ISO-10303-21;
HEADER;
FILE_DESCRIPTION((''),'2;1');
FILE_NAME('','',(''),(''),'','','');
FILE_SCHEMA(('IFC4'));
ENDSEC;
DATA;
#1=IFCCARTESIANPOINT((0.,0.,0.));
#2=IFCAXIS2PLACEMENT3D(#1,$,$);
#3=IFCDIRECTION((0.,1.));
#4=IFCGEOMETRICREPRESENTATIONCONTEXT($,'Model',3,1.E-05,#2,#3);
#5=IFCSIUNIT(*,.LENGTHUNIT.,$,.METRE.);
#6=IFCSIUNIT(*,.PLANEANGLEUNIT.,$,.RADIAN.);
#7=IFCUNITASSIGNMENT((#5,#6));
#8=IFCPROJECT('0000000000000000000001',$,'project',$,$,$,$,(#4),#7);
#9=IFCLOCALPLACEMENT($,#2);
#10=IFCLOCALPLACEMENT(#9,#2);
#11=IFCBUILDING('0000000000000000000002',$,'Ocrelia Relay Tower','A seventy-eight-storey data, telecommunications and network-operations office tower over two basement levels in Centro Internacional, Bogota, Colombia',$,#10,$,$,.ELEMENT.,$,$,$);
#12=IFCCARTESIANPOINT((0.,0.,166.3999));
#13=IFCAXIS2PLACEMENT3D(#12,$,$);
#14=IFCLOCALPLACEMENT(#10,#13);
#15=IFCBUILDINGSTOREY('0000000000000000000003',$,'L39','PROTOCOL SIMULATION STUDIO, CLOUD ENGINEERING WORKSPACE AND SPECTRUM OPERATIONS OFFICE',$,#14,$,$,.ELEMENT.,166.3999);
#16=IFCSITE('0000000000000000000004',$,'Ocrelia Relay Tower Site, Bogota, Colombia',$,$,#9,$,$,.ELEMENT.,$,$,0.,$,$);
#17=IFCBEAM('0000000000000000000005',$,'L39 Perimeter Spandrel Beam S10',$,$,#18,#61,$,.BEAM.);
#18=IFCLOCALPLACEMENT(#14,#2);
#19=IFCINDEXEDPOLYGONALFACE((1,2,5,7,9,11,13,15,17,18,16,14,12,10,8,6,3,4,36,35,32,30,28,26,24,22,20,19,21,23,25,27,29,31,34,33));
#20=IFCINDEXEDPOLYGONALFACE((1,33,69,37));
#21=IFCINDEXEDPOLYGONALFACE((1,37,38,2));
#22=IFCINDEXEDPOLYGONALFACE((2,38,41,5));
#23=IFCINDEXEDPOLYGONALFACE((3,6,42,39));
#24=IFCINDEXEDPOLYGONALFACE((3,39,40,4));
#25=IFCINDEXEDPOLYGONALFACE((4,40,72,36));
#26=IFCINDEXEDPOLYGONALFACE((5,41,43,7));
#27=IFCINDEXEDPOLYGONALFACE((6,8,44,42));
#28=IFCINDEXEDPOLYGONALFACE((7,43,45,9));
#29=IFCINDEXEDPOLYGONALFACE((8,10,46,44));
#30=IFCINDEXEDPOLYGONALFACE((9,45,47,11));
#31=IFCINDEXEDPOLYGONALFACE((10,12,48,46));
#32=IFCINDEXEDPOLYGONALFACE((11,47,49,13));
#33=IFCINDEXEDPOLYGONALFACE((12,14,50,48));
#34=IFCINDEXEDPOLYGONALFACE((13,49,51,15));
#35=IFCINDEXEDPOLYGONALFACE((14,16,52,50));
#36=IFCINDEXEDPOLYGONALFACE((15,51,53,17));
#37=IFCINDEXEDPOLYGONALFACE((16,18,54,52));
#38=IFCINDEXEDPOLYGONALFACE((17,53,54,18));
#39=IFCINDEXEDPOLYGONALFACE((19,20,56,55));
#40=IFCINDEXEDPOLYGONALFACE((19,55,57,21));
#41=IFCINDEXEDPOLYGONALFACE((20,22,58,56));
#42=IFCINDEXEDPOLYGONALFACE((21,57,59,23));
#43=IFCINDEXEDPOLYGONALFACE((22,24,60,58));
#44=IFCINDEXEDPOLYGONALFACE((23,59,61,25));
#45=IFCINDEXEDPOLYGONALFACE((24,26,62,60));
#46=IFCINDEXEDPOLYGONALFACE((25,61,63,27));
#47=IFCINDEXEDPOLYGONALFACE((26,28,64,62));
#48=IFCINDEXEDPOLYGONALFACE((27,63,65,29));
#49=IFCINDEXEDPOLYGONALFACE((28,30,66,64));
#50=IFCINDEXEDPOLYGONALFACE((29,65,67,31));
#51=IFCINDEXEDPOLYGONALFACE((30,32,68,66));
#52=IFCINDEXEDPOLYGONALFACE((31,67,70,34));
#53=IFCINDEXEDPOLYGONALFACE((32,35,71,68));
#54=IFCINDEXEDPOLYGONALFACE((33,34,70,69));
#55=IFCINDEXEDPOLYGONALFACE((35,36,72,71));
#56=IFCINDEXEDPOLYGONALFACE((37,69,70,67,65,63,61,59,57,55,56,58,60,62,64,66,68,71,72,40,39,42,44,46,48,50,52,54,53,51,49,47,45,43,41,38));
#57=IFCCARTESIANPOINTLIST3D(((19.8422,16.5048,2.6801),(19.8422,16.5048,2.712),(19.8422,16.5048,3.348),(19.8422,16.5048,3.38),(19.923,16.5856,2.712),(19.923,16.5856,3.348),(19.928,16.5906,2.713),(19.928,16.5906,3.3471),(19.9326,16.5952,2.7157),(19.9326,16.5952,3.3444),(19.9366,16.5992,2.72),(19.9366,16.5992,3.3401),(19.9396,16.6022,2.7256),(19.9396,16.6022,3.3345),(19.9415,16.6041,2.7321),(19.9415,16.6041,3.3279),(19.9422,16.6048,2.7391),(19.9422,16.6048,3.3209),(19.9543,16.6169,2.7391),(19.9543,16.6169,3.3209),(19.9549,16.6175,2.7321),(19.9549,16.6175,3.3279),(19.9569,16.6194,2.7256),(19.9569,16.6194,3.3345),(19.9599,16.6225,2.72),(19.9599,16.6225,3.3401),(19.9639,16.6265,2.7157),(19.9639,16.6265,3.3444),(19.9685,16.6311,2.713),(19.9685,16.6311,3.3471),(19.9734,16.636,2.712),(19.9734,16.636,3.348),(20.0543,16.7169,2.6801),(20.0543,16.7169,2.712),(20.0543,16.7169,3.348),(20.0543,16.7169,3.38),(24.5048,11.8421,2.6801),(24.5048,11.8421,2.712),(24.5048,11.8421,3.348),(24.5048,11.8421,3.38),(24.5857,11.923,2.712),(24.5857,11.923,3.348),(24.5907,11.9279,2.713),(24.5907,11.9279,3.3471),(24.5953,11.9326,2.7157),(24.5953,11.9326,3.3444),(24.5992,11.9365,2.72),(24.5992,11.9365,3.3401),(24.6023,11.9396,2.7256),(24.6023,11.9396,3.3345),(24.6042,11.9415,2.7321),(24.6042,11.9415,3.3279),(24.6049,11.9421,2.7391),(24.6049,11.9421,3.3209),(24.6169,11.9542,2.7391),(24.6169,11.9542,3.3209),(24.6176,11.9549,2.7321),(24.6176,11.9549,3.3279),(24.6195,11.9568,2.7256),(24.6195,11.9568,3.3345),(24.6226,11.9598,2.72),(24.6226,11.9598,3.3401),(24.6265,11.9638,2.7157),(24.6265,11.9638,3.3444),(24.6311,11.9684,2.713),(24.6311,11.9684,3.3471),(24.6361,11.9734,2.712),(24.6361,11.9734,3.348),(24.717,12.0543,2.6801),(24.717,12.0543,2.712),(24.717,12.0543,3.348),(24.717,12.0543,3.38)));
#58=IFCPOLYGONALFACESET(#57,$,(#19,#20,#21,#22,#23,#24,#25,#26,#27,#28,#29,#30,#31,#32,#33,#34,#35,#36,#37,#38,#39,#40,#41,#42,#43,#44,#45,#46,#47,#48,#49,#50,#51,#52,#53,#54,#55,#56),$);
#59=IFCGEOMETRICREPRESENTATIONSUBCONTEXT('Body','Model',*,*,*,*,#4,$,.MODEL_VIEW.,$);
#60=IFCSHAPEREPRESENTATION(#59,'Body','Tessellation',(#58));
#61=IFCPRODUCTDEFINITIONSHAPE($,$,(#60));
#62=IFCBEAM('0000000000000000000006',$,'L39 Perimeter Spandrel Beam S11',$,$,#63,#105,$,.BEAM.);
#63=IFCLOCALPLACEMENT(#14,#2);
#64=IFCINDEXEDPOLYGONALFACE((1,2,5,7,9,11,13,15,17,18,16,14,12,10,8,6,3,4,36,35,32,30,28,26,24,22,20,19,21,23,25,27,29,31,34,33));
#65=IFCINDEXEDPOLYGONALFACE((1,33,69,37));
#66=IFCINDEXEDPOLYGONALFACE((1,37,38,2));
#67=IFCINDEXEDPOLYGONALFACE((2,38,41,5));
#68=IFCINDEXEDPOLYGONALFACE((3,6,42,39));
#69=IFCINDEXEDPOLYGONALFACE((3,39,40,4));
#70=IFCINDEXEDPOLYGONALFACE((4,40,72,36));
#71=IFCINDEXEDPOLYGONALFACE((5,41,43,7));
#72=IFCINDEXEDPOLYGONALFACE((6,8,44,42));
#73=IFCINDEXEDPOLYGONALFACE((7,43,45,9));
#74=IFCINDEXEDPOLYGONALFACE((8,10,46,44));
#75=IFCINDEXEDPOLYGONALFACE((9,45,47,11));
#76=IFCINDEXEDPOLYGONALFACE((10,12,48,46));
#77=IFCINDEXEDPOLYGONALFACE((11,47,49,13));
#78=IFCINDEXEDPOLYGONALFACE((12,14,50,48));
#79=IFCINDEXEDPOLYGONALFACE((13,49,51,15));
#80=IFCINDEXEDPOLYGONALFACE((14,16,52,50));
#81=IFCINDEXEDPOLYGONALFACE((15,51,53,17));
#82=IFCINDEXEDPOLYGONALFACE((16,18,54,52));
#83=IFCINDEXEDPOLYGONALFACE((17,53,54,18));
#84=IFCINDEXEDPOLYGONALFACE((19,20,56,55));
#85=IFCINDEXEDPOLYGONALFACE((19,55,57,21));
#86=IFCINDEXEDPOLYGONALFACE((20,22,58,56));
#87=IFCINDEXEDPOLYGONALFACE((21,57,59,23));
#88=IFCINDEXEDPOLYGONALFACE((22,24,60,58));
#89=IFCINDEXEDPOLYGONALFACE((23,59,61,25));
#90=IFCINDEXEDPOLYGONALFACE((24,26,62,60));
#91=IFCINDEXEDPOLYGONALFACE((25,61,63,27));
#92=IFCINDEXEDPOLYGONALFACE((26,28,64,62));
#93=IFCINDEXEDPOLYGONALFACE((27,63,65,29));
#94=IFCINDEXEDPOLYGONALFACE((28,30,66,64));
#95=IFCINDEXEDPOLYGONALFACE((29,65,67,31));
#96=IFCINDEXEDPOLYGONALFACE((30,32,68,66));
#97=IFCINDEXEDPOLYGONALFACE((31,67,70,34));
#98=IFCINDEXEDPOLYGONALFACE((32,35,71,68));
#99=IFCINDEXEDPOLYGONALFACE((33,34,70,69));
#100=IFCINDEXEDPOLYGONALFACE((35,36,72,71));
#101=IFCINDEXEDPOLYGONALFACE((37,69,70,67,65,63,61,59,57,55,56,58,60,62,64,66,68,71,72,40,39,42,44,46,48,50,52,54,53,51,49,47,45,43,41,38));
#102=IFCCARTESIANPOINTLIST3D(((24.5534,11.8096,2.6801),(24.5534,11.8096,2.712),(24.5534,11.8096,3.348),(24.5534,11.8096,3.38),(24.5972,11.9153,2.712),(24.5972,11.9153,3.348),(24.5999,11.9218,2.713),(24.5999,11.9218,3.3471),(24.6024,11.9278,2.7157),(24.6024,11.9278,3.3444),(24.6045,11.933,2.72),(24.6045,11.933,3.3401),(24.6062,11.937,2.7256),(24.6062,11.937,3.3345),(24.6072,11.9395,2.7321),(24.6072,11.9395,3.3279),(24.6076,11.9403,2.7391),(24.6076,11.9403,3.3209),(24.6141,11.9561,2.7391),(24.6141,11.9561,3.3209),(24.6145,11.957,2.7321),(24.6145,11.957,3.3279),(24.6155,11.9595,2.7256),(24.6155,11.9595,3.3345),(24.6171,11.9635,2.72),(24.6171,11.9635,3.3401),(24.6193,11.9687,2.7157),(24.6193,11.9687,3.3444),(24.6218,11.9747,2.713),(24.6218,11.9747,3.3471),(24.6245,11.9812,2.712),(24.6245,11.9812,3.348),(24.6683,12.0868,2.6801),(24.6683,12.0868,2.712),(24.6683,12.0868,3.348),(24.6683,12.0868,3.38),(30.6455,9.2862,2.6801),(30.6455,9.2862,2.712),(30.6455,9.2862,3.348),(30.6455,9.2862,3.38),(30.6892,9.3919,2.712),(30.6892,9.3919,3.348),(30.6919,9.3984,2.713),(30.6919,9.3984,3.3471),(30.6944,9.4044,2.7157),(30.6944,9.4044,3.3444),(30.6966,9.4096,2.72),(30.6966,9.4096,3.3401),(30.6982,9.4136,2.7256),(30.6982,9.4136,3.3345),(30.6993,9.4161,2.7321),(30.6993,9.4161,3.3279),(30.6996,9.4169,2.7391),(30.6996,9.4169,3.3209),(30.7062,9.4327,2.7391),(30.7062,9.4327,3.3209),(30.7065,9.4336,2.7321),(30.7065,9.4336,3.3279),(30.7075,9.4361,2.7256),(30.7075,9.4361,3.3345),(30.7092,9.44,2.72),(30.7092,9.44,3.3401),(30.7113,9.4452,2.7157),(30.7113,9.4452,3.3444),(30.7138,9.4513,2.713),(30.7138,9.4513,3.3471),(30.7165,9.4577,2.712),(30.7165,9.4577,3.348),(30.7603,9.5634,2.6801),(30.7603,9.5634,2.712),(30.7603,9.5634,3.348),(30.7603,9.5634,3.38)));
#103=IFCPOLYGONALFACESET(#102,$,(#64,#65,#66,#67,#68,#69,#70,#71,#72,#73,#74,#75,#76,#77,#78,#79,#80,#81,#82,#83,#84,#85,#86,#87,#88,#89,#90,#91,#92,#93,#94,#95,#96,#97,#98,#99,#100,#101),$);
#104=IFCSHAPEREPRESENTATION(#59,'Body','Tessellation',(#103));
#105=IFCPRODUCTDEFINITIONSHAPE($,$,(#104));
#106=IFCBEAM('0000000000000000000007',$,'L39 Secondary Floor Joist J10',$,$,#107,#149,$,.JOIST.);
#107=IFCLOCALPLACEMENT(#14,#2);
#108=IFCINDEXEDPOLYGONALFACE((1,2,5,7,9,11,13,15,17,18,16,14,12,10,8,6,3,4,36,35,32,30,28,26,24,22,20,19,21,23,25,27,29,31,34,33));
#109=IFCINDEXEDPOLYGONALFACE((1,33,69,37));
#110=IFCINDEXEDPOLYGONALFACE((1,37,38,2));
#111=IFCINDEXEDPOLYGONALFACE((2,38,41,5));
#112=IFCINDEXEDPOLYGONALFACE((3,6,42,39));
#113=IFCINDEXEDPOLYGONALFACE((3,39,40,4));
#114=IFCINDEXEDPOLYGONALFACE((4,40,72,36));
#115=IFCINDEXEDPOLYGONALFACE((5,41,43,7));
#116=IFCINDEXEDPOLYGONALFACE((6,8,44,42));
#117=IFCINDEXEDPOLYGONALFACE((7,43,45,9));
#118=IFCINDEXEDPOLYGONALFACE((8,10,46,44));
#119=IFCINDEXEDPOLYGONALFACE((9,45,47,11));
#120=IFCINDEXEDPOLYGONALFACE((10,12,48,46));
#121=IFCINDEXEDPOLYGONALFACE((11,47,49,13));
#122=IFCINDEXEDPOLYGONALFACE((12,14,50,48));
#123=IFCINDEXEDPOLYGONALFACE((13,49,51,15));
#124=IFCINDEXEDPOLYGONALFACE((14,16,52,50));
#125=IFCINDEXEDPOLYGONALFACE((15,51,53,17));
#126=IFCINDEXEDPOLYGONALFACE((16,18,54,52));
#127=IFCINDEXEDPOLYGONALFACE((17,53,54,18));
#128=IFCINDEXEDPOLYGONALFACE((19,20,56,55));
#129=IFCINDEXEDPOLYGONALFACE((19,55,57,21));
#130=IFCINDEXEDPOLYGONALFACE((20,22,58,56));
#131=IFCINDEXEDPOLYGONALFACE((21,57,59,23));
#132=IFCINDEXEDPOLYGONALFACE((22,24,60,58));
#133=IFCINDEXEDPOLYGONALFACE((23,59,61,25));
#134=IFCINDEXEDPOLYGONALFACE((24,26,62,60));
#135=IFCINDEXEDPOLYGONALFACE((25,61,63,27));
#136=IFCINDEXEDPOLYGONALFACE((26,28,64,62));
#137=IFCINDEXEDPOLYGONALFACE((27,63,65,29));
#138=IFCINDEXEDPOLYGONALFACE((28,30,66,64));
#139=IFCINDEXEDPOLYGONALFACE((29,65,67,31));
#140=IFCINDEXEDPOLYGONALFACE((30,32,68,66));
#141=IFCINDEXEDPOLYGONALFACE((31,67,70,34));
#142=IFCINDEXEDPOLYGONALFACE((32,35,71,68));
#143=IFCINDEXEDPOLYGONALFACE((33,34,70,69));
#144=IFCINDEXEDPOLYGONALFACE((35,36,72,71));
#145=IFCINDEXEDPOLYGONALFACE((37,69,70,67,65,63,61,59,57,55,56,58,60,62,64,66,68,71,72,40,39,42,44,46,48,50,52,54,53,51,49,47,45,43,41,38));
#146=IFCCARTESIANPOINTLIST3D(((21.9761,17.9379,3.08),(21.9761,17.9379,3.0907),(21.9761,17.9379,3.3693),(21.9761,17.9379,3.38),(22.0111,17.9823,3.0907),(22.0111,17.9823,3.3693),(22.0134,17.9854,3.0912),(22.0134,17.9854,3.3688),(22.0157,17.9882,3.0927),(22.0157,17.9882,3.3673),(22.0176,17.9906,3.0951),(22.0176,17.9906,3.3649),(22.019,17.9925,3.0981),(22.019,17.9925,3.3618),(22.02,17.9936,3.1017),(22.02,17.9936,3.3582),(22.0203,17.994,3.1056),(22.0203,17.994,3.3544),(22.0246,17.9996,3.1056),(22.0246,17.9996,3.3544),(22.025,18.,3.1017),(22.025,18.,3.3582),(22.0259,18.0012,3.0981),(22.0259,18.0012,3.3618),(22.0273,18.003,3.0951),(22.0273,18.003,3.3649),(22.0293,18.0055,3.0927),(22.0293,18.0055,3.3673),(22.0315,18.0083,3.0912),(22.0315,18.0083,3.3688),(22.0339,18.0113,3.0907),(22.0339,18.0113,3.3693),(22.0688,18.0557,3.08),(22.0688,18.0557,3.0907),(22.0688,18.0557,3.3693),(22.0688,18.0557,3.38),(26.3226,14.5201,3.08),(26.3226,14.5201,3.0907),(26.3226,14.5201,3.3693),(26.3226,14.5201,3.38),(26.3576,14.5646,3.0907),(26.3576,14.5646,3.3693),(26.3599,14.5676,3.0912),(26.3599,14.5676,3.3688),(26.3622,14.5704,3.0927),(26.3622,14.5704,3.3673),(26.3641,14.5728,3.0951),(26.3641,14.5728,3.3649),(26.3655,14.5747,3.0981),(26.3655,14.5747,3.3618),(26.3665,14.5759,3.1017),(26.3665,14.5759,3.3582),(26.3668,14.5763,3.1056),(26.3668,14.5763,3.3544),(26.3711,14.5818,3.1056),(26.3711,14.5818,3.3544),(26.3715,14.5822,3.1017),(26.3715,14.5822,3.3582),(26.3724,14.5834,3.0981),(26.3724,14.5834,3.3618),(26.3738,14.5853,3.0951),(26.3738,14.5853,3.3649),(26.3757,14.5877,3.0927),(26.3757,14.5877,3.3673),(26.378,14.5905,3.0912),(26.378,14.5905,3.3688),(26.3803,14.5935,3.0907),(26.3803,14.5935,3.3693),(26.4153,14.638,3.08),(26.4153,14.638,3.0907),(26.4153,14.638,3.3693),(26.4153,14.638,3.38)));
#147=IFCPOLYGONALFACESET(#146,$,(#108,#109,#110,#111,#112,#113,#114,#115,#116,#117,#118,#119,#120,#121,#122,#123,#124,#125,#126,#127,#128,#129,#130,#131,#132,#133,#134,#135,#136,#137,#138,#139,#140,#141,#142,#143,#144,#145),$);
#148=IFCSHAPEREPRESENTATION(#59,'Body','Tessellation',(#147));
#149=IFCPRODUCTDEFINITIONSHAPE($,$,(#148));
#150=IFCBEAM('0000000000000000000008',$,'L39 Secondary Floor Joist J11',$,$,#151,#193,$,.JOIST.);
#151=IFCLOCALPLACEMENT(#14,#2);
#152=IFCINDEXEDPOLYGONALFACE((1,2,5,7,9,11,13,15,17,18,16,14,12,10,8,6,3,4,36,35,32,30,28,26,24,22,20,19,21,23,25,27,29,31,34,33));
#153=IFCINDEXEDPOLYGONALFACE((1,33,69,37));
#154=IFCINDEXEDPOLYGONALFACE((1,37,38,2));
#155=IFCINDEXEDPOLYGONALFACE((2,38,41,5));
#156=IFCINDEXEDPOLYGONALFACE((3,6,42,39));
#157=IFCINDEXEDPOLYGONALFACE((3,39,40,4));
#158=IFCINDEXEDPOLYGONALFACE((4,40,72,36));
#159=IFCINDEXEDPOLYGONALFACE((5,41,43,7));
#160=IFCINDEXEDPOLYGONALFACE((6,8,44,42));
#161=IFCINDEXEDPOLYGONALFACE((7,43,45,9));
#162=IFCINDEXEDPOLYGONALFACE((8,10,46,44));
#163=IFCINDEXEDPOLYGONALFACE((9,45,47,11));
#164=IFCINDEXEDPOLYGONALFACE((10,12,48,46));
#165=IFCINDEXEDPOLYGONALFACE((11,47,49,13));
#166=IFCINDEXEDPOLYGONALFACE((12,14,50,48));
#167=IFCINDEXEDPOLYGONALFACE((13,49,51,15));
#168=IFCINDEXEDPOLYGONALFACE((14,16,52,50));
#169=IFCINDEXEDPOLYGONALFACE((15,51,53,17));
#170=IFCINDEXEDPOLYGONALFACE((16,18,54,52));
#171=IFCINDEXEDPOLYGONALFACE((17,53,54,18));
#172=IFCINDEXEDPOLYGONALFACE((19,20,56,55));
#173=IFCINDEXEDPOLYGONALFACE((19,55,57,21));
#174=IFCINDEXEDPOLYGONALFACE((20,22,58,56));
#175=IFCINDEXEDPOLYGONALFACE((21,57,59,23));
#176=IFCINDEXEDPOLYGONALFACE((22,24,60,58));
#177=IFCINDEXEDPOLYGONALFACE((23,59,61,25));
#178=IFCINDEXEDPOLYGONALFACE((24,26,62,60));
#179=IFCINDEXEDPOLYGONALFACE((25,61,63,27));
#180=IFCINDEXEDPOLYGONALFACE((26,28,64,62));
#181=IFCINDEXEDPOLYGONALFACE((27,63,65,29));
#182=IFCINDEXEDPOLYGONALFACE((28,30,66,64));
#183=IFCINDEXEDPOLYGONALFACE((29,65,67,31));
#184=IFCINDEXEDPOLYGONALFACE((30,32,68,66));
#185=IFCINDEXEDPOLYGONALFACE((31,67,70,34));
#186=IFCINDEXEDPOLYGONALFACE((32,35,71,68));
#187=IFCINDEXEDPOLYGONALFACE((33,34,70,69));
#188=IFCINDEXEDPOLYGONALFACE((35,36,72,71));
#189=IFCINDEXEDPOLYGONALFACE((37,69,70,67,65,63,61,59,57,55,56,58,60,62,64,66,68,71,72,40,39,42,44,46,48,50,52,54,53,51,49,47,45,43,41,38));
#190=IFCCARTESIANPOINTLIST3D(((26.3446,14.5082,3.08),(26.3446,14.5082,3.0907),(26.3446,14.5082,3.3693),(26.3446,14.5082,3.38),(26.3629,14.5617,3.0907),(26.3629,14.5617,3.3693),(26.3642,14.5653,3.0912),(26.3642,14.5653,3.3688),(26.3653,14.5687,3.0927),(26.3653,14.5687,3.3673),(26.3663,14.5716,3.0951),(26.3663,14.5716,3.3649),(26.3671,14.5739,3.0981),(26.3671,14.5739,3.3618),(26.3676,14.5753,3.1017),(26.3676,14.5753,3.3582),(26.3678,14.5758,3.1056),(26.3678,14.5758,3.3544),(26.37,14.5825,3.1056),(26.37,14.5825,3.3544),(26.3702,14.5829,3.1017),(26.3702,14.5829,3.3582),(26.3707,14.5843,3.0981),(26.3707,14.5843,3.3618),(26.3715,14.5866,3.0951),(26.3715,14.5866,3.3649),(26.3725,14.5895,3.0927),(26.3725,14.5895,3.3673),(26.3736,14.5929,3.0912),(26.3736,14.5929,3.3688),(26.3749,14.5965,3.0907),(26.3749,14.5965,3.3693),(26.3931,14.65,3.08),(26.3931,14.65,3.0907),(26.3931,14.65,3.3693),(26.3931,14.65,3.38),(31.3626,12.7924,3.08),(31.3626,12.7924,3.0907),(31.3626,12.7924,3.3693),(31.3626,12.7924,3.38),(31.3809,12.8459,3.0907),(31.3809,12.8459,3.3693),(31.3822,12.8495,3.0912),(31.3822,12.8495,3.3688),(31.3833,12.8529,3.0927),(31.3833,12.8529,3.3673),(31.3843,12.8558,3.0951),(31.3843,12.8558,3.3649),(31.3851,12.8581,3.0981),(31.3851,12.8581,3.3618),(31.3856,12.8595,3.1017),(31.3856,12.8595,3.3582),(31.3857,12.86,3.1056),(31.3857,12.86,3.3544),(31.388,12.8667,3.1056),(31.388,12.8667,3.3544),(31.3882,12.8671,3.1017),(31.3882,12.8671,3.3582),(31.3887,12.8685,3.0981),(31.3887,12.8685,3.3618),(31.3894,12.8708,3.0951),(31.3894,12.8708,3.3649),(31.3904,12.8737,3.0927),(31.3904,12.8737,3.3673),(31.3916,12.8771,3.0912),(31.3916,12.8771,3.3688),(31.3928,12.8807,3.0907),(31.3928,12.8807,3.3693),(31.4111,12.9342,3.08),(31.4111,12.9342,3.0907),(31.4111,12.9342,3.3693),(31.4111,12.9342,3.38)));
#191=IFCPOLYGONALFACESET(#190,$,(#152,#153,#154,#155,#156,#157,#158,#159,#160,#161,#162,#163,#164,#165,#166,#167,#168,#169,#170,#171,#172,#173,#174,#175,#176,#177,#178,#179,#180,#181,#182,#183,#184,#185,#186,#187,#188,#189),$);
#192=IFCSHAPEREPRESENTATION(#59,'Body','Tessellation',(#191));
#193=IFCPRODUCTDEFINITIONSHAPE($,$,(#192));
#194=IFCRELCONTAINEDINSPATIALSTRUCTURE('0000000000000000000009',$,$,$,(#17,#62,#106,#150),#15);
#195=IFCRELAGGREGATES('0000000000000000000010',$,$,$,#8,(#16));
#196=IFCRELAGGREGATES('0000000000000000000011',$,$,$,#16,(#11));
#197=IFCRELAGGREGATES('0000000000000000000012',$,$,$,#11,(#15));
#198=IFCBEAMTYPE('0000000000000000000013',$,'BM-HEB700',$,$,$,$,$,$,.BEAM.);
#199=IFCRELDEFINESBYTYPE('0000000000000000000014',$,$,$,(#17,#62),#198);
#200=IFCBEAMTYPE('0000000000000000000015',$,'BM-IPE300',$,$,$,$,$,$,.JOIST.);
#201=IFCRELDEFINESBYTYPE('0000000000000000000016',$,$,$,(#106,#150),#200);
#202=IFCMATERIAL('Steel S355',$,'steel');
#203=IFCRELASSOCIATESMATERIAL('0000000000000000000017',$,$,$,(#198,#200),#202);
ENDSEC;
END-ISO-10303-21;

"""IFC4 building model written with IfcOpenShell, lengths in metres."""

from ifc_helpers import new_model, si_unit, direction, frame, origin, origin_2d, place, context, subcontext, project, spatial, i_section, extrude, material, material_profile, profile_set, type_object, element, save


model = new_model("IFC4")

# Units and contexts
model_context = context("Model", 3, precision=1e-05, world=origin(), true_north=direction((0.0, 1.0)))
body_context = subcontext(model_context, "Body", "Model", "MODEL_VIEW")
ifc_project = project(units=[si_unit("LENGTHUNIT", "METRE"), si_unit("PLANEANGLEUNIT", "RADIAN")], contexts=[model_context])

# Site, building, storey
site_placement = place(None, origin())
site = spatial("IfcSite", under=ifc_project, at=site_placement, Name="Ocrelia Relay Tower Site, Bogota, Colombia", CompositionType="ELEMENT", RefElevation=0.0)
building_placement = place(site_placement, origin())
building = spatial("IfcBuilding", under=site, at=building_placement, Name="Ocrelia Relay Tower", Description="A seventy-eight-storey data, telecommunications and network-operations office tower over two basement levels in Centro Internacional, Bogota, Colombia", CompositionType="ELEMENT")
storey_placement = place(building_placement, frame((0.0, 0.0, 166.3999)))
storey = spatial("IfcBuildingStorey", under=building, at=storey_placement, Name="L39", Description="PROTOCOL SIMULATION STUDIO, CLOUD ENGINEERING WORKSPACE AND SPECTRUM OPERATIONS OFFICE", CompositionType="ELEMENT", Elevation=166.3999)

# Beams
ifc_material_1 = material(Name="Steel S355", Category="steel")
ifc_material_profile_1 = material_profile(ifc_material_1, i_section(OverallWidth=0.3, OverallDepth=0.7, WebThickness=0.0171, FlangeThickness=0.032, FilletRadius=0.0271, at=origin_2d()), Name="HEB 700")
ifc_profile_set_1 = profile_set([ifc_material_profile_1], Name="Steel S355")
beam_type_1 = type_object("IfcBeamType", Name="BM-HEB700", PredefinedType="BEAM", material=ifc_profile_set_1)
for number, where, z_axis, x_axis, name in (
    (1, (19.9482, 16.6108, 3.03), (0.707107, -0.707107, 0.0), (0.707107, 0.707107, 0.0), "L39 Perimeter Spandrel Beam S10"),
    (2, (24.6108, 11.9482, 3.03), (0.923878, -0.382688, 0.0), (0.382688, 0.923878, 0.0), "L39 Perimeter Spandrel Beam S11"),
):
    element("IfcBeam", number, at=place(storey_placement, frame(where, z_axis=z_axis, x_axis=x_axis)), inside=storey, type_object=beam_type_1, Name=name, PredefinedType="BEAM", context=body_context, shape_type="SweptSolid", body=[
        extrude(i_section(OverallWidth=0.3, OverallDepth=0.7, WebThickness=0.0171, FlangeThickness=0.032, FilletRadius=0.0271, at=origin_2d()), origin(), (0.0, 0.0, 1.0), 6.594),
    ])
ifc_material_profile_2 = material_profile(ifc_material_1, i_section(OverallWidth=0.1499, OverallDepth=0.3, WebThickness=0.0071, FlangeThickness=0.0107, FilletRadius=0.0149, at=origin_2d()), Name="IPE 300")
ifc_profile_set_2 = profile_set([ifc_material_profile_2], Name="Steel S355")
beam_type_2 = type_object("IfcBeamType", Name="BM-IPE300", PredefinedType="JOIST", material=ifc_profile_set_2)
beam_1_placement = place(storey_placement, frame((22.0225, 17.9968, 3.23), z_axis=(0.786084, -0.61812, 0.0), x_axis=(0.61812, 0.786084, 0.0)))
element("IfcBeam", 3, at=beam_1_placement, inside=storey, type_object=beam_type_2, Name="L39 Secondary Floor Joist J10", PredefinedType="JOIST", context=body_context, shape_type="SweptSolid", body=[
    extrude(i_section(OverallWidth=0.1499, OverallDepth=0.3, WebThickness=0.0071, FlangeThickness=0.0107, FilletRadius=0.0149, at=origin_2d()), origin(), (0.0, 0.0, 1.0), 5.5293),
])
beam_2_placement = place(storey_placement, frame((26.3689, 14.5791, 3.23), z_axis=(0.946215, -0.323538, 0.0), x_axis=(0.323538, 0.946215, 0.0)))
element("IfcBeam", 4, at=beam_2_placement, inside=storey, type_object=beam_type_2, Name="L39 Secondary Floor Joist J11", PredefinedType="JOIST", context=body_context, shape_type="SweptSolid", body=[
    extrude(i_section(OverallWidth=0.1499, OverallDepth=0.3, WebThickness=0.0071, FlangeThickness=0.0107, FilletRadius=0.0149, at=origin_2d()), origin(), (0.0, 0.0, 1.0), 5.3032),
])

save(model, "model.ifc")
